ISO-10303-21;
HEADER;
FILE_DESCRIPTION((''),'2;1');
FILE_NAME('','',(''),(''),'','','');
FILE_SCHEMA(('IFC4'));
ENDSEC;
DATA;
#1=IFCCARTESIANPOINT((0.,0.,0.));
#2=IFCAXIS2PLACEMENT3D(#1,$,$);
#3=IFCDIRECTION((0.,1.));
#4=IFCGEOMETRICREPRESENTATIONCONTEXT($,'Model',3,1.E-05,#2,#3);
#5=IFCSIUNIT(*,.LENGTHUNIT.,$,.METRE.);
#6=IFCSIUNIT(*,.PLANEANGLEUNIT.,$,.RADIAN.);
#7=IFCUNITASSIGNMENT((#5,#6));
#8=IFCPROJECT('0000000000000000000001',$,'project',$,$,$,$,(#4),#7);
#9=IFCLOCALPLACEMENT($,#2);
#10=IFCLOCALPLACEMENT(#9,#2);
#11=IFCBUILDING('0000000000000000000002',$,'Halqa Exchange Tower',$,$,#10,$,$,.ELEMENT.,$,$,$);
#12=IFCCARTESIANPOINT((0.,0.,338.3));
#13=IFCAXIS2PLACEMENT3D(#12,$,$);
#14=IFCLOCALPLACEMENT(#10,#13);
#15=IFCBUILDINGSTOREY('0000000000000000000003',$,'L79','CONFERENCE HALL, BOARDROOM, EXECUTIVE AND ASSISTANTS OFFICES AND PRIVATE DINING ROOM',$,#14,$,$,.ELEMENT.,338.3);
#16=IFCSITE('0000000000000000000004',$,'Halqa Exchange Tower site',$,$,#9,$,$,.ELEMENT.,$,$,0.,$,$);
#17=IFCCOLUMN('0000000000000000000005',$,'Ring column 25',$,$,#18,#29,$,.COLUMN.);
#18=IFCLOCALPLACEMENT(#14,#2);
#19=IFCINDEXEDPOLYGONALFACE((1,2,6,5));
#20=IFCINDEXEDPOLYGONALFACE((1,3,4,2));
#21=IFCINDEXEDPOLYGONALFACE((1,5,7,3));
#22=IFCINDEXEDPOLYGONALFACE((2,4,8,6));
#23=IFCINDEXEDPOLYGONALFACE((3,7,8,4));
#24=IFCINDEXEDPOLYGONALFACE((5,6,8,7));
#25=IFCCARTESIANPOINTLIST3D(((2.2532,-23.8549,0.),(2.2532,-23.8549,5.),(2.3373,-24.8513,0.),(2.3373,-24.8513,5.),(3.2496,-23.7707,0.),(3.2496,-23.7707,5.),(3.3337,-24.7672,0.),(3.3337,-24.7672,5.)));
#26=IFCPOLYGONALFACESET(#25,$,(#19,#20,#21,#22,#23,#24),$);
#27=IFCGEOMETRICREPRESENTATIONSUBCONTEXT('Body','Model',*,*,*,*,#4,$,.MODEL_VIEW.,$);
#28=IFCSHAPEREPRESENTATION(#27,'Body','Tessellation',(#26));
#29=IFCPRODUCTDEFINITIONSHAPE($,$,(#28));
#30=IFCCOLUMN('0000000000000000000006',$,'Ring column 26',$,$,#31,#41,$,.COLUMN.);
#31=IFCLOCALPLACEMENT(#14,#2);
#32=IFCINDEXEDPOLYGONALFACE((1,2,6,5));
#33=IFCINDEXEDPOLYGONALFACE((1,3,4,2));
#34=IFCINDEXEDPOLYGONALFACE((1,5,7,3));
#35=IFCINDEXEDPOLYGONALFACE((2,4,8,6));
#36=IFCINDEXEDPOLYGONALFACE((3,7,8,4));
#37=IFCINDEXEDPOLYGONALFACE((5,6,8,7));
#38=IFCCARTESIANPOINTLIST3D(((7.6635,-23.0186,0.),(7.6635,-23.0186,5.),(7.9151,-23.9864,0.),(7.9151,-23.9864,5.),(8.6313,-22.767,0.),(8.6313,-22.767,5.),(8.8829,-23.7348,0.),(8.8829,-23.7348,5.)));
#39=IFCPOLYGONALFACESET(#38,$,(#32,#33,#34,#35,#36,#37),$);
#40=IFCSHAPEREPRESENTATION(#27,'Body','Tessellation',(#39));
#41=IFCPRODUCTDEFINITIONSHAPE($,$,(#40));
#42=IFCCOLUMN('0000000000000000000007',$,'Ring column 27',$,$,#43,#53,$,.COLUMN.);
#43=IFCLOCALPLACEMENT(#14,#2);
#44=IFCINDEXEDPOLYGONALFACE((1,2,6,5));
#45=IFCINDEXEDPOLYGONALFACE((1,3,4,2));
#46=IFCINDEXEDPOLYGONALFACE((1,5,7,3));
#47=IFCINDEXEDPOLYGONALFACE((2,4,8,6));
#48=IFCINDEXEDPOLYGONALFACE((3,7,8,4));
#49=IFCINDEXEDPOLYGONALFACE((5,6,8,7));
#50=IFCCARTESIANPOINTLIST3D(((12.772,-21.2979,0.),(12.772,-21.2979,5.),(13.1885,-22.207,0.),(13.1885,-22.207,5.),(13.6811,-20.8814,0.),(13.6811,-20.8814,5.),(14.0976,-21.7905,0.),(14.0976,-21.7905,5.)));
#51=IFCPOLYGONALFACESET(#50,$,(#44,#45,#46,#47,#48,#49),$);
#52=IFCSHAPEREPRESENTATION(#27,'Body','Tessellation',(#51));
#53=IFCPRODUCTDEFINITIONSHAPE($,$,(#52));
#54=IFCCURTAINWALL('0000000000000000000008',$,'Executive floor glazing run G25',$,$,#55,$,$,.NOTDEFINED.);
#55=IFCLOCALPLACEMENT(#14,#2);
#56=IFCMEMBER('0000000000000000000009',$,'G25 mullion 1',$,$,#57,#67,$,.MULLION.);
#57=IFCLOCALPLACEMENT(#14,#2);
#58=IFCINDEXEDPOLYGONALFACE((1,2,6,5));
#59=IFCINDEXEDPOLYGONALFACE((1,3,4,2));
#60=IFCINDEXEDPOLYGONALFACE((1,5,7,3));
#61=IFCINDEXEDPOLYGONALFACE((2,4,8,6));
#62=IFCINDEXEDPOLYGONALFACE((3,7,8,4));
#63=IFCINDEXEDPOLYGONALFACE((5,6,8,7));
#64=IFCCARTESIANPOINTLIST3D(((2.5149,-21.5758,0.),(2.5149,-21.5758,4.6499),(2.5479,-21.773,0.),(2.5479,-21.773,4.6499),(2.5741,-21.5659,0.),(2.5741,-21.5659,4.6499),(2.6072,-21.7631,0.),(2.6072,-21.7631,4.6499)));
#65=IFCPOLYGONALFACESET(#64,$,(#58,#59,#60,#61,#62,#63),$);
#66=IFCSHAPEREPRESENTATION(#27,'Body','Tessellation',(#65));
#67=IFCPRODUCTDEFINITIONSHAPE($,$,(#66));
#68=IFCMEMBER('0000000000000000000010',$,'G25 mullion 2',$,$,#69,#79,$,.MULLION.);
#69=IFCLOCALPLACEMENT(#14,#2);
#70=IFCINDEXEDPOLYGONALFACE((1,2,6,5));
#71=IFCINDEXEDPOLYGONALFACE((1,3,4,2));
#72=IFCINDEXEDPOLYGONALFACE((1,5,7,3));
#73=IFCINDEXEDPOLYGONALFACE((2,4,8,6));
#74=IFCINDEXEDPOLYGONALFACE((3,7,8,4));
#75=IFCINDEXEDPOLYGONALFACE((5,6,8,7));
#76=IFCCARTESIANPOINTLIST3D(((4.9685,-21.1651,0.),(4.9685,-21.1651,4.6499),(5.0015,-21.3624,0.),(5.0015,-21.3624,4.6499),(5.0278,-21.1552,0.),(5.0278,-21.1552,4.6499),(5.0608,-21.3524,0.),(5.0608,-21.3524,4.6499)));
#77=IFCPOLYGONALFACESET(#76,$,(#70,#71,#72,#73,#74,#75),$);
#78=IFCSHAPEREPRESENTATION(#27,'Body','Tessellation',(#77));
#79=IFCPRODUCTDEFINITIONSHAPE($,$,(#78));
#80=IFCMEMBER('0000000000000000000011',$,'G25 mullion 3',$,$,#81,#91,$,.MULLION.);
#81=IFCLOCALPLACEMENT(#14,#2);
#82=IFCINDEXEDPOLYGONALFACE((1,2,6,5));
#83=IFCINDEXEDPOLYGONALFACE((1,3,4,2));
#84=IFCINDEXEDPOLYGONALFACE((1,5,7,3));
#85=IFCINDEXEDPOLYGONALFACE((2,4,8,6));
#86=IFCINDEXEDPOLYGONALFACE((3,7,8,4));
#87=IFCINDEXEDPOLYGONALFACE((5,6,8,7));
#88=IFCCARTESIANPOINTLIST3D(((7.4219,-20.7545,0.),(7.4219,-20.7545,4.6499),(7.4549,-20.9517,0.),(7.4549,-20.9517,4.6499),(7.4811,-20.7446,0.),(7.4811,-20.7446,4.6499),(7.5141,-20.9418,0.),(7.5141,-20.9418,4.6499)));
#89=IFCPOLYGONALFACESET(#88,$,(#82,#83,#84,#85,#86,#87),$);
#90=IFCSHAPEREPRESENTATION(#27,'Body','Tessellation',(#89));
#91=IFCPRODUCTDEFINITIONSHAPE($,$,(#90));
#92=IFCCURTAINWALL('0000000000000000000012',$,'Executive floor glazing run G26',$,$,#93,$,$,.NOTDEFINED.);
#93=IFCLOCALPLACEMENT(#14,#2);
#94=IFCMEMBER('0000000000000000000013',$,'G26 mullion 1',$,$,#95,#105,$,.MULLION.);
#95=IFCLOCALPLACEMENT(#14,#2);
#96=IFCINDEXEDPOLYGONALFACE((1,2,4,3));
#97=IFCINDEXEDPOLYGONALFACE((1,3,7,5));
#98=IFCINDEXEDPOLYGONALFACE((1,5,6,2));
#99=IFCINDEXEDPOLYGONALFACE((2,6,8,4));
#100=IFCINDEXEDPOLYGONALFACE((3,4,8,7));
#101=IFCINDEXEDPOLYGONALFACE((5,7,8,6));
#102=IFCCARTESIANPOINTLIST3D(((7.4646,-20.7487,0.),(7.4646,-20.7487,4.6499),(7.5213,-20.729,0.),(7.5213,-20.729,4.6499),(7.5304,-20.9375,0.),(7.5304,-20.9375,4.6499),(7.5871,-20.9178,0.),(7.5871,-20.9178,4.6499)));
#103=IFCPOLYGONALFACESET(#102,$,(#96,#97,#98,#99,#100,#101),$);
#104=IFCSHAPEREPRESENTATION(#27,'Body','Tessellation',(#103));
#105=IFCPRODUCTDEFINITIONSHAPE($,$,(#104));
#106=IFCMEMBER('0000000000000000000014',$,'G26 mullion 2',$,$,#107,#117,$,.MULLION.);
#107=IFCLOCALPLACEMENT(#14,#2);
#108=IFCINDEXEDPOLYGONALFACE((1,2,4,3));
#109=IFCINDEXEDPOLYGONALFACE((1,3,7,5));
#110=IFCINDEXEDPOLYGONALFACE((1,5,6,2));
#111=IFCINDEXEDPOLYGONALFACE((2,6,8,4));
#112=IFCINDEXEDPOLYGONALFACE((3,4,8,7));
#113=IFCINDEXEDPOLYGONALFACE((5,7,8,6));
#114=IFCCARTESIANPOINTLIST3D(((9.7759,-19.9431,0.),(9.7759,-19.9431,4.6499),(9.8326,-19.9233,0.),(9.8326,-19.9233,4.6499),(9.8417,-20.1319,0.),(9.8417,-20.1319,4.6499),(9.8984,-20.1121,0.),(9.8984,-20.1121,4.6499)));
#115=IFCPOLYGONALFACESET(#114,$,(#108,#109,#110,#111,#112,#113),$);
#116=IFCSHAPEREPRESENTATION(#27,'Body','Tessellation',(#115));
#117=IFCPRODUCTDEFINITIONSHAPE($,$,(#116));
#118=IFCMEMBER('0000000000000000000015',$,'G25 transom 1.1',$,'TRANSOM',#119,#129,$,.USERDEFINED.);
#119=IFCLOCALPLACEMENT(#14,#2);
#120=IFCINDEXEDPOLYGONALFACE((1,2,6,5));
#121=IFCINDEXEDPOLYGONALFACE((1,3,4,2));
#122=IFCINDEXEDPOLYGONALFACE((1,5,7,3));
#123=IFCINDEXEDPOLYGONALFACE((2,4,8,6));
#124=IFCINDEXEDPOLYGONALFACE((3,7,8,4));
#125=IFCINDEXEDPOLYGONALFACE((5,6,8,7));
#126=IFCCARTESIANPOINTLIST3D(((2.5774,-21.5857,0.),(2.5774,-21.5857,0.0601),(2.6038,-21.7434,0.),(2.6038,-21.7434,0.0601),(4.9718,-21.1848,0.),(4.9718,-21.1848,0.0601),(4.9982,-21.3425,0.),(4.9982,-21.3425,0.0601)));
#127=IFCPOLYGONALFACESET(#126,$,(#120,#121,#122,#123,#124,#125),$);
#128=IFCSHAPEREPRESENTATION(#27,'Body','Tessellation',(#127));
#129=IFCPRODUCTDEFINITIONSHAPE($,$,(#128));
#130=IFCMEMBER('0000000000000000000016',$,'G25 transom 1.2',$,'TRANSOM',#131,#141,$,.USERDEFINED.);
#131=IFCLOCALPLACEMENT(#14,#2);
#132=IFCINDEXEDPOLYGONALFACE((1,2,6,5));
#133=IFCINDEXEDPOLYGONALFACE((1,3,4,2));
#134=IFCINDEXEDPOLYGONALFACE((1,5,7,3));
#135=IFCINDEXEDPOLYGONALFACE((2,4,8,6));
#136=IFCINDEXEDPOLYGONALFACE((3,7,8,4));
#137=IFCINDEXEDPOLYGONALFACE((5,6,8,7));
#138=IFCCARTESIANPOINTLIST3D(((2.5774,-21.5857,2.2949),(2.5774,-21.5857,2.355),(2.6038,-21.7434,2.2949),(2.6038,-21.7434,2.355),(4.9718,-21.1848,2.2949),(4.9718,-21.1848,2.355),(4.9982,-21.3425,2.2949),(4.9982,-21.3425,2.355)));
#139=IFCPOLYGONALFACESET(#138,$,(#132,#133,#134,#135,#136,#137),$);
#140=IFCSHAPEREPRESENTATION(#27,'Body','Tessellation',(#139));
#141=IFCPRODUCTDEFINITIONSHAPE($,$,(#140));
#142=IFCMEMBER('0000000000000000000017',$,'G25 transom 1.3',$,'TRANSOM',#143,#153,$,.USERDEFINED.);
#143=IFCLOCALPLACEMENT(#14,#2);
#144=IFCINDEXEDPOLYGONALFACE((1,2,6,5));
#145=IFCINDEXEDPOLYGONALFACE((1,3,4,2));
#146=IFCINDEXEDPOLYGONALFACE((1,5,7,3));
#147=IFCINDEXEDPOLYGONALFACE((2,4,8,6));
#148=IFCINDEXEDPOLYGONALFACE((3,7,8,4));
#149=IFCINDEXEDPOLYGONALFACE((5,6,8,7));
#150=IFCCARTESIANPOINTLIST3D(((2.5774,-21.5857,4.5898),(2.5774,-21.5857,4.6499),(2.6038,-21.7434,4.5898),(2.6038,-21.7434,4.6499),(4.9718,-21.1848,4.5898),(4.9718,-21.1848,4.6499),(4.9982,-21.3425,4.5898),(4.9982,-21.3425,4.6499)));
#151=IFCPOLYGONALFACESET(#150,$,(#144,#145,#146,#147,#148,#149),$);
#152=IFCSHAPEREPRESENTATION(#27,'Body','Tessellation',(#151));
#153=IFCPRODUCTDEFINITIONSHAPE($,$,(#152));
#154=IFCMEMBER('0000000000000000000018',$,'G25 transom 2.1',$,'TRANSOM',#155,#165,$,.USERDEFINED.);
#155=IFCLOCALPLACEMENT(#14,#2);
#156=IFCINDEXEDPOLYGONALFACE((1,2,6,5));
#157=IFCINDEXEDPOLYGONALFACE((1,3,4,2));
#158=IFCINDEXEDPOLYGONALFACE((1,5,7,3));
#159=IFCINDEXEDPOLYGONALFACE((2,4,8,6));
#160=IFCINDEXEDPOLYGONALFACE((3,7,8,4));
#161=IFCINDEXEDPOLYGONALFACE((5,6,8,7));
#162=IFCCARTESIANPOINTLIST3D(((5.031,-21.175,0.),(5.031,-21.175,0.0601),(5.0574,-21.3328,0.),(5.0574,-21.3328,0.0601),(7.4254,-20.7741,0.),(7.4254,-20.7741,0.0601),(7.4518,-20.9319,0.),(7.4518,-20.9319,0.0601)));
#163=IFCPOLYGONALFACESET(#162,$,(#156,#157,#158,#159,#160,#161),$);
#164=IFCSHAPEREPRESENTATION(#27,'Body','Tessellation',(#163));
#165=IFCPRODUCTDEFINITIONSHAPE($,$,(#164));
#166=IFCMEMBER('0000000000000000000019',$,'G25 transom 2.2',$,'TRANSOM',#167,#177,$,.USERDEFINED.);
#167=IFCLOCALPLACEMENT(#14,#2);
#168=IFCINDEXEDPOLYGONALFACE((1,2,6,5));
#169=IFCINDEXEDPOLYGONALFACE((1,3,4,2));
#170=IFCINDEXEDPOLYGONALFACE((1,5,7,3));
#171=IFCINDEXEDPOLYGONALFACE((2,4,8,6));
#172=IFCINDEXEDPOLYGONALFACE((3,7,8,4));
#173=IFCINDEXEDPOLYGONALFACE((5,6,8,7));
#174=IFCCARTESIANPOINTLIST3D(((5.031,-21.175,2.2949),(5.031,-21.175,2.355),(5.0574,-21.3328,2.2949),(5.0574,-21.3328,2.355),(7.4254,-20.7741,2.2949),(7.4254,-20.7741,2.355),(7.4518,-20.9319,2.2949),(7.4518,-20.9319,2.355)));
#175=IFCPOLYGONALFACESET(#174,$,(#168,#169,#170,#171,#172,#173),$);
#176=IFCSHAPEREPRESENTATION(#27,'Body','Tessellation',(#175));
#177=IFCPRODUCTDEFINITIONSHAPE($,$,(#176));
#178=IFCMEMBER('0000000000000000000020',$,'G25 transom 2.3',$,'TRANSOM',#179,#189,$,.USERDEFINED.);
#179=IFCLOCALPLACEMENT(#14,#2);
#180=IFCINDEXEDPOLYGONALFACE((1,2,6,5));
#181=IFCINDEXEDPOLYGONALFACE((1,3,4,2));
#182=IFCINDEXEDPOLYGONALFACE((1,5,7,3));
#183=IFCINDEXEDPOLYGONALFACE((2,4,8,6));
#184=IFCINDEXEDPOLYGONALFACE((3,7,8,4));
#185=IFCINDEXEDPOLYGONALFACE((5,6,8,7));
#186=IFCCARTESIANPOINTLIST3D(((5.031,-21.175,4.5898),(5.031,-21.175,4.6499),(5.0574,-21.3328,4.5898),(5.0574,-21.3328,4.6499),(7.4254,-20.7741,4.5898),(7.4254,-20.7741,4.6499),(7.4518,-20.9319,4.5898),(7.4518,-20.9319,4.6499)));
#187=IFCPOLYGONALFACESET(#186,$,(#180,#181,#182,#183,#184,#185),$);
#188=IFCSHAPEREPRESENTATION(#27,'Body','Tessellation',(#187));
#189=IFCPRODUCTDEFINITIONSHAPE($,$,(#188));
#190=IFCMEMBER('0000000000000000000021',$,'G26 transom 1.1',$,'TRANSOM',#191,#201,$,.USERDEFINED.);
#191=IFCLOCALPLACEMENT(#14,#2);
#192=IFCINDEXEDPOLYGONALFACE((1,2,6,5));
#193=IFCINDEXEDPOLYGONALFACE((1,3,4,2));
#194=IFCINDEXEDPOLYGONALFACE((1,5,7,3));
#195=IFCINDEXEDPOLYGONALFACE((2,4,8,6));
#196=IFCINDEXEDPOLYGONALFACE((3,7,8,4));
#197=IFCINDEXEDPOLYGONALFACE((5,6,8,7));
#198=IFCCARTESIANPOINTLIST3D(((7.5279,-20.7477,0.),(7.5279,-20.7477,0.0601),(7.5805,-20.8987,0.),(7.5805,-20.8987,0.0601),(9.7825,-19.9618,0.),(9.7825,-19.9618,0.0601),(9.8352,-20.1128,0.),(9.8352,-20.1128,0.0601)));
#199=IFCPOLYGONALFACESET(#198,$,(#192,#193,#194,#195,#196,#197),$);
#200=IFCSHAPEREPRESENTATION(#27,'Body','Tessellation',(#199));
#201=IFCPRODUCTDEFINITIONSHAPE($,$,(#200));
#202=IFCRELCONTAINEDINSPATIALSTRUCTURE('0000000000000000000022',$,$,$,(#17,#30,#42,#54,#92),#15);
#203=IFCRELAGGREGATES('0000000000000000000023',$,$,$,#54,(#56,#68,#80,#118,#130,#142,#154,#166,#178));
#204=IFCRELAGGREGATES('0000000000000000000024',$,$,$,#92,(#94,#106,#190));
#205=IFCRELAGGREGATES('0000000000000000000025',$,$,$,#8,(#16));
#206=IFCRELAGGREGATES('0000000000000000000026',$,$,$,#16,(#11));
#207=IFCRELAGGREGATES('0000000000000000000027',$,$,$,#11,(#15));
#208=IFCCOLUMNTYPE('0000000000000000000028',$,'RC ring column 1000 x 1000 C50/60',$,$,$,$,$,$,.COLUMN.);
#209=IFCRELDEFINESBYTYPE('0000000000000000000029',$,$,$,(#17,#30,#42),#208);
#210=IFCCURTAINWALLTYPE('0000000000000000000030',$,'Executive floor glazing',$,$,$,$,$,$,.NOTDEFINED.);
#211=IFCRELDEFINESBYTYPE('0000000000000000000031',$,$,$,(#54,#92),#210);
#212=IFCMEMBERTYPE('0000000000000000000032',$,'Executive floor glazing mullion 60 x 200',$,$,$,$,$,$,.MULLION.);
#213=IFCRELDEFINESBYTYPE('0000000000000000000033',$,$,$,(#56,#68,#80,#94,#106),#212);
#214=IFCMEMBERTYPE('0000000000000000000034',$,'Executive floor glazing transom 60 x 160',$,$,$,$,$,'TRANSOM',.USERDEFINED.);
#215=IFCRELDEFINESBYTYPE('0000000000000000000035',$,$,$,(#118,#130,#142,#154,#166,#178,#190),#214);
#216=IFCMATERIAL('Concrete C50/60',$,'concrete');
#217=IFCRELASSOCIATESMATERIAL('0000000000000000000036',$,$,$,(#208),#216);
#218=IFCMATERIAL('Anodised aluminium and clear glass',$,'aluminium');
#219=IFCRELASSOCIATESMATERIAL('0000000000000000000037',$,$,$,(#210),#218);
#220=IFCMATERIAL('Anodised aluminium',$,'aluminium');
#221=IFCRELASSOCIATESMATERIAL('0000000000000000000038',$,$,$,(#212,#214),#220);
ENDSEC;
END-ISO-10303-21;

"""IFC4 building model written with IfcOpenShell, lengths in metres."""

from ifc_helpers import new_model, si_unit, direction, frame, origin, origin_2d, place, context, subcontext, project, spatial, rectangle, extrude, material, material_profile, profile_set, type_object, element, aggregate, save


model = new_model("IFC4")

# Units and contexts
model_context = context("Model", 3, precision=1e-05, world=origin(), true_north=direction((0.0, 1.0)))
body_context = subcontext(model_context, "Body", "Model", "MODEL_VIEW")
ifc_project = project(units=[si_unit("LENGTHUNIT", "METRE"), si_unit("PLANEANGLEUNIT", "RADIAN")], contexts=[model_context])

# Site, building, storey
site_placement = place(None, origin())
site = spatial("IfcSite", under=ifc_project, at=site_placement, Name="Halqa Exchange Tower site", CompositionType="ELEMENT", RefElevation=0.0)
building_placement = place(site_placement, origin())
building = spatial("IfcBuilding", under=site, at=building_placement, Name="Halqa Exchange Tower", CompositionType="ELEMENT")
storey_placement = place(building_placement, frame((0.0, 0.0, 338.3)))
storey = spatial("IfcBuildingStorey", under=building, at=storey_placement, Name="L79", Description="CONFERENCE HALL, BOARDROOM, EXECUTIVE AND ASSISTANTS OFFICES AND PRIVATE DINING ROOM", CompositionType="ELEMENT", Elevation=338.3)

# Columns
ifc_material_1 = material(Name="Concrete C50/60", Category="concrete")
ifc_material_profile_1 = material_profile(ifc_material_1, rectangle(XDim=1.0, YDim=1.0, at=origin_2d()), Name="1000 x 1000")
ifc_profile_set_1 = profile_set([ifc_material_profile_1], Name="Concrete C50/60")
column_type = type_object("IfcColumnType", Name="RC ring column 1000 x 1000 C50/60", PredefinedType="COLUMN", material=ifc_profile_set_1)
for number, where, z_axis, x_axis, name in (
    (1, (2.7935, -24.311, 0.0), (0.0, 0.0, 1.0), (0.996455, 0.084127, 0.0), "Ring column 25"),
    (2, (8.2732, -23.3767, 0.0), (0.0, 0.0, 1.0), (0.967819, 0.251647, 0.0), "Ring column 26"),
    (3, (13.4348, -21.5442, 0.0), (0.0, 0.0, 1.0), (0.909129, 0.416516, 0.0), "Ring column 27"),
):
    element("IfcColumn", number, at=place(storey_placement, frame(where, z_axis=z_axis, x_axis=x_axis)), inside=storey, type_object=column_type, Name=name, PredefinedType="COLUMN", context=body_context, shape_type="SweptSolid", body=[
        extrude(rectangle(XDim=1.0, YDim=1.0, at=origin_2d()), origin(), (0.0, 0.0, 1.0), 5.0),
    ])

# Curtain walls, members
ifc_material_2 = material(Name="Anodised aluminium and clear glass", Category="aluminium")
curtain_wall_type = type_object("IfcCurtainWallType", Name="Executive floor glazing", PredefinedType="NOTDEFINED", material=ifc_material_2)
curtain_wall_1_placement = place(storey_placement, origin())
curtain_wall_1 = element("IfcCurtainWall", 4, at=curtain_wall_1_placement, inside=storey, type_object=curtain_wall_type, Name="Executive floor glazing run G25", PredefinedType="NOTDEFINED")
ifc_material_3 = material(Name="Anodised aluminium", Category="aluminium")
ifc_material_profile_2 = material_profile(ifc_material_3, rectangle(XDim=0.2, YDim=0.0601, at=origin_2d()), Name="AL 60x200")
ifc_profile_set_2 = profile_set([ifc_material_profile_2], Name="Anodised aluminium")
member_type_1 = type_object("IfcMemberType", Name="Executive floor glazing mullion 60 x 200", PredefinedType="MULLION", material=ifc_profile_set_2)
member_1_placement = place(storey_placement, frame((2.561, -21.6694, 0.0), z_axis=(0.0, 0.0, 1.0), x_axis=(-0.165117, 0.986274, 0.0)))
member_1 = element("IfcMember", 5, at=member_1_placement, type_object=member_type_1, Name="G25 mullion 1", PredefinedType="MULLION", context=body_context, shape_type="SweptSolid", body=[
    extrude(rectangle(XDim=0.2, YDim=0.0601, at=origin_2d()), origin(), (0.0, 0.0, 1.0), 4.6499),
])
member_2_placement = place(storey_placement, frame((5.0146, -21.2588, 0.0), z_axis=(0.0, 0.0, 1.0), x_axis=(-0.165117, 0.986274, 0.0)))
member_2 = element("IfcMember", 6, at=member_2_placement, type_object=member_type_1, Name="G25 mullion 2", PredefinedType="MULLION", context=body_context, shape_type="SweptSolid", body=[
    extrude(rectangle(XDim=0.2, YDim=0.0601, at=origin_2d()), origin(), (0.0, 0.0, 1.0), 4.6499),
])
member_3_placement = place(storey_placement, frame((7.468, -20.8481, 0.0), z_axis=(0.0, 0.0, 1.0), x_axis=(-0.165117, 0.986274, 0.0)))
member_3 = element("IfcMember", 7, at=member_3_placement, type_object=member_type_1, Name="G25 mullion 3", PredefinedType="MULLION", context=body_context, shape_type="SweptSolid", body=[
    extrude(rectangle(XDim=0.2, YDim=0.0601, at=origin_2d()), origin(), (0.0, 0.0, 1.0), 4.6499),
])
curtain_wall_2_placement = place(storey_placement, origin())
curtain_wall_2 = element("IfcCurtainWall", 8, at=curtain_wall_2_placement, inside=storey, type_object=curtain_wall_type, Name="Executive floor glazing run G26", PredefinedType="NOTDEFINED")
member_4_placement = place(storey_placement, frame((7.5259, -20.8333, 0.0), z_axis=(0.0, 0.0, 1.0), x_axis=(-0.32916, 0.944274, 0.0)))
member_4 = element("IfcMember", 9, at=member_4_placement, type_object=member_type_1, Name="G26 mullion 1", PredefinedType="MULLION", context=body_context, shape_type="SweptSolid", body=[
    extrude(rectangle(XDim=0.2, YDim=0.0601, at=origin_2d()), origin(), (0.0, 0.0, 1.0), 4.6499),
])
member_5_placement = place(storey_placement, frame((9.8372, -20.0276, 0.0), z_axis=(0.0, 0.0, 1.0), x_axis=(-0.32916, 0.944274, 0.0)))
member_5 = element("IfcMember", 10, at=member_5_placement, type_object=member_type_1, Name="G26 mullion 2", PredefinedType="MULLION", context=body_context, shape_type="SweptSolid", body=[
    extrude(rectangle(XDim=0.2, YDim=0.0601, at=origin_2d()), origin(), (0.0, 0.0, 1.0), 4.6499),
])

# Members
ifc_material_profile_3 = material_profile(ifc_material_3, rectangle(XDim=0.1599, YDim=0.0601, at=origin_2d()), Name="AL 60x160")
ifc_profile_set_3 = profile_set([ifc_material_profile_3], Name="Anodised aluminium")
member_type_2 = type_object("IfcMemberType", Name="Executive floor glazing transom 60 x 160", ElementType="TRANSOM", PredefinedType="USERDEFINED", material=ifc_profile_set_3)
member_6_placement = place(storey_placement, frame((2.5906, -21.6646, 0.03), z_axis=(0.986271, 0.165133, 0.0), x_axis=(-0.165133, 0.986271, 0.0)))
member_6 = element("IfcMember", 11, at=member_6_placement, type_object=member_type_2, Name="G25 transom 1.1", ObjectType="TRANSOM", PredefinedType="USERDEFINED", context=body_context, shape_type="SweptSolid", body=[
    extrude(rectangle(XDim=0.1599, YDim=0.0601, at=origin_2d()), origin(), (0.0, 0.0, 1.0), 2.4277),
])
member_7_placement = place(storey_placement, frame((2.5906, -21.6646, 2.325), z_axis=(0.986271, 0.165133, 0.0), x_axis=(-0.165133, 0.986271, 0.0)))
member_7 = element("IfcMember", 12, at=member_7_placement, type_object=member_type_2, Name="G25 transom 1.2", ObjectType="TRANSOM", PredefinedType="USERDEFINED", context=body_context, shape_type="SweptSolid", body=[
    extrude(rectangle(XDim=0.1599, YDim=0.0601, at=origin_2d()), origin(), (0.0, 0.0, 1.0), 2.4277),
])
member_8_placement = place(storey_placement, frame((2.5906, -21.6646, 4.6199), z_axis=(0.986271, 0.165133, 0.0), x_axis=(-0.165133, 0.986271, 0.0)))
member_8 = element("IfcMember", 13, at=member_8_placement, type_object=member_type_2, Name="G25 transom 1.3", ObjectType="TRANSOM", PredefinedType="USERDEFINED", context=body_context, shape_type="SweptSolid", body=[
    extrude(rectangle(XDim=0.1599, YDim=0.0601, at=origin_2d()), origin(), (0.0, 0.0, 1.0), 2.4277),
])
member_9_placement = place(storey_placement, frame((5.0442, -21.2539, 0.03), z_axis=(0.986271, 0.165133, 0.0), x_axis=(-0.165133, 0.986271, 0.0)))
member_9 = element("IfcMember", 14, at=member_9_placement, type_object=member_type_2, Name="G25 transom 2.1", ObjectType="TRANSOM", PredefinedType="USERDEFINED", context=body_context, shape_type="SweptSolid", body=[
    extrude(rectangle(XDim=0.1599, YDim=0.0601, at=origin_2d()), origin(), (0.0, 0.0, 1.0), 2.4277),
])
member_10_placement = place(storey_placement, frame((5.0442, -21.2539, 2.325), z_axis=(0.986271, 0.165133, 0.0), x_axis=(-0.165133, 0.986271, 0.0)))
member_10 = element("IfcMember", 15, at=member_10_placement, type_object=member_type_2, Name="G25 transom 2.2", ObjectType="TRANSOM", PredefinedType="USERDEFINED", context=body_context, shape_type="SweptSolid", body=[
    extrude(rectangle(XDim=0.1599, YDim=0.0601, at=origin_2d()), origin(), (0.0, 0.0, 1.0), 2.4277),
])
member_11_placement = place(storey_placement, frame((5.0442, -21.2539, 4.6199), z_axis=(0.986271, 0.165133, 0.0), x_axis=(-0.165133, 0.986271, 0.0)))
member_11 = element("IfcMember", 16, at=member_11_placement, type_object=member_type_2, Name="G25 transom 2.3", ObjectType="TRANSOM", PredefinedType="USERDEFINED", context=body_context, shape_type="SweptSolid", body=[
    extrude(rectangle(XDim=0.1599, YDim=0.0601, at=origin_2d()), origin(), (0.0, 0.0, 1.0), 2.4277),
])
member_12_placement = place(storey_placement, frame((7.5542, -20.8232, 0.03), z_axis=(0.94428, 0.329143, 0.0), x_axis=(-0.329143, 0.94428, 0.0)))
member_12 = element("IfcMember", 17, at=member_12_placement, type_object=member_type_2, Name="G26 transom 1.1", ObjectType="TRANSOM", PredefinedType="USERDEFINED", context=body_context, shape_type="SweptSolid", body=[
    extrude(rectangle(XDim=0.1599, YDim=0.0601, at=origin_2d()), origin(), (0.0, 0.0, 1.0), 2.3877),
])

aggregate(curtain_wall_1, [member_1, member_2, member_3, member_6, member_7, member_8, member_9, member_10, member_11])
aggregate(curtain_wall_2, [member_4, member_5, member_12])

save(model, "model.ifc")
